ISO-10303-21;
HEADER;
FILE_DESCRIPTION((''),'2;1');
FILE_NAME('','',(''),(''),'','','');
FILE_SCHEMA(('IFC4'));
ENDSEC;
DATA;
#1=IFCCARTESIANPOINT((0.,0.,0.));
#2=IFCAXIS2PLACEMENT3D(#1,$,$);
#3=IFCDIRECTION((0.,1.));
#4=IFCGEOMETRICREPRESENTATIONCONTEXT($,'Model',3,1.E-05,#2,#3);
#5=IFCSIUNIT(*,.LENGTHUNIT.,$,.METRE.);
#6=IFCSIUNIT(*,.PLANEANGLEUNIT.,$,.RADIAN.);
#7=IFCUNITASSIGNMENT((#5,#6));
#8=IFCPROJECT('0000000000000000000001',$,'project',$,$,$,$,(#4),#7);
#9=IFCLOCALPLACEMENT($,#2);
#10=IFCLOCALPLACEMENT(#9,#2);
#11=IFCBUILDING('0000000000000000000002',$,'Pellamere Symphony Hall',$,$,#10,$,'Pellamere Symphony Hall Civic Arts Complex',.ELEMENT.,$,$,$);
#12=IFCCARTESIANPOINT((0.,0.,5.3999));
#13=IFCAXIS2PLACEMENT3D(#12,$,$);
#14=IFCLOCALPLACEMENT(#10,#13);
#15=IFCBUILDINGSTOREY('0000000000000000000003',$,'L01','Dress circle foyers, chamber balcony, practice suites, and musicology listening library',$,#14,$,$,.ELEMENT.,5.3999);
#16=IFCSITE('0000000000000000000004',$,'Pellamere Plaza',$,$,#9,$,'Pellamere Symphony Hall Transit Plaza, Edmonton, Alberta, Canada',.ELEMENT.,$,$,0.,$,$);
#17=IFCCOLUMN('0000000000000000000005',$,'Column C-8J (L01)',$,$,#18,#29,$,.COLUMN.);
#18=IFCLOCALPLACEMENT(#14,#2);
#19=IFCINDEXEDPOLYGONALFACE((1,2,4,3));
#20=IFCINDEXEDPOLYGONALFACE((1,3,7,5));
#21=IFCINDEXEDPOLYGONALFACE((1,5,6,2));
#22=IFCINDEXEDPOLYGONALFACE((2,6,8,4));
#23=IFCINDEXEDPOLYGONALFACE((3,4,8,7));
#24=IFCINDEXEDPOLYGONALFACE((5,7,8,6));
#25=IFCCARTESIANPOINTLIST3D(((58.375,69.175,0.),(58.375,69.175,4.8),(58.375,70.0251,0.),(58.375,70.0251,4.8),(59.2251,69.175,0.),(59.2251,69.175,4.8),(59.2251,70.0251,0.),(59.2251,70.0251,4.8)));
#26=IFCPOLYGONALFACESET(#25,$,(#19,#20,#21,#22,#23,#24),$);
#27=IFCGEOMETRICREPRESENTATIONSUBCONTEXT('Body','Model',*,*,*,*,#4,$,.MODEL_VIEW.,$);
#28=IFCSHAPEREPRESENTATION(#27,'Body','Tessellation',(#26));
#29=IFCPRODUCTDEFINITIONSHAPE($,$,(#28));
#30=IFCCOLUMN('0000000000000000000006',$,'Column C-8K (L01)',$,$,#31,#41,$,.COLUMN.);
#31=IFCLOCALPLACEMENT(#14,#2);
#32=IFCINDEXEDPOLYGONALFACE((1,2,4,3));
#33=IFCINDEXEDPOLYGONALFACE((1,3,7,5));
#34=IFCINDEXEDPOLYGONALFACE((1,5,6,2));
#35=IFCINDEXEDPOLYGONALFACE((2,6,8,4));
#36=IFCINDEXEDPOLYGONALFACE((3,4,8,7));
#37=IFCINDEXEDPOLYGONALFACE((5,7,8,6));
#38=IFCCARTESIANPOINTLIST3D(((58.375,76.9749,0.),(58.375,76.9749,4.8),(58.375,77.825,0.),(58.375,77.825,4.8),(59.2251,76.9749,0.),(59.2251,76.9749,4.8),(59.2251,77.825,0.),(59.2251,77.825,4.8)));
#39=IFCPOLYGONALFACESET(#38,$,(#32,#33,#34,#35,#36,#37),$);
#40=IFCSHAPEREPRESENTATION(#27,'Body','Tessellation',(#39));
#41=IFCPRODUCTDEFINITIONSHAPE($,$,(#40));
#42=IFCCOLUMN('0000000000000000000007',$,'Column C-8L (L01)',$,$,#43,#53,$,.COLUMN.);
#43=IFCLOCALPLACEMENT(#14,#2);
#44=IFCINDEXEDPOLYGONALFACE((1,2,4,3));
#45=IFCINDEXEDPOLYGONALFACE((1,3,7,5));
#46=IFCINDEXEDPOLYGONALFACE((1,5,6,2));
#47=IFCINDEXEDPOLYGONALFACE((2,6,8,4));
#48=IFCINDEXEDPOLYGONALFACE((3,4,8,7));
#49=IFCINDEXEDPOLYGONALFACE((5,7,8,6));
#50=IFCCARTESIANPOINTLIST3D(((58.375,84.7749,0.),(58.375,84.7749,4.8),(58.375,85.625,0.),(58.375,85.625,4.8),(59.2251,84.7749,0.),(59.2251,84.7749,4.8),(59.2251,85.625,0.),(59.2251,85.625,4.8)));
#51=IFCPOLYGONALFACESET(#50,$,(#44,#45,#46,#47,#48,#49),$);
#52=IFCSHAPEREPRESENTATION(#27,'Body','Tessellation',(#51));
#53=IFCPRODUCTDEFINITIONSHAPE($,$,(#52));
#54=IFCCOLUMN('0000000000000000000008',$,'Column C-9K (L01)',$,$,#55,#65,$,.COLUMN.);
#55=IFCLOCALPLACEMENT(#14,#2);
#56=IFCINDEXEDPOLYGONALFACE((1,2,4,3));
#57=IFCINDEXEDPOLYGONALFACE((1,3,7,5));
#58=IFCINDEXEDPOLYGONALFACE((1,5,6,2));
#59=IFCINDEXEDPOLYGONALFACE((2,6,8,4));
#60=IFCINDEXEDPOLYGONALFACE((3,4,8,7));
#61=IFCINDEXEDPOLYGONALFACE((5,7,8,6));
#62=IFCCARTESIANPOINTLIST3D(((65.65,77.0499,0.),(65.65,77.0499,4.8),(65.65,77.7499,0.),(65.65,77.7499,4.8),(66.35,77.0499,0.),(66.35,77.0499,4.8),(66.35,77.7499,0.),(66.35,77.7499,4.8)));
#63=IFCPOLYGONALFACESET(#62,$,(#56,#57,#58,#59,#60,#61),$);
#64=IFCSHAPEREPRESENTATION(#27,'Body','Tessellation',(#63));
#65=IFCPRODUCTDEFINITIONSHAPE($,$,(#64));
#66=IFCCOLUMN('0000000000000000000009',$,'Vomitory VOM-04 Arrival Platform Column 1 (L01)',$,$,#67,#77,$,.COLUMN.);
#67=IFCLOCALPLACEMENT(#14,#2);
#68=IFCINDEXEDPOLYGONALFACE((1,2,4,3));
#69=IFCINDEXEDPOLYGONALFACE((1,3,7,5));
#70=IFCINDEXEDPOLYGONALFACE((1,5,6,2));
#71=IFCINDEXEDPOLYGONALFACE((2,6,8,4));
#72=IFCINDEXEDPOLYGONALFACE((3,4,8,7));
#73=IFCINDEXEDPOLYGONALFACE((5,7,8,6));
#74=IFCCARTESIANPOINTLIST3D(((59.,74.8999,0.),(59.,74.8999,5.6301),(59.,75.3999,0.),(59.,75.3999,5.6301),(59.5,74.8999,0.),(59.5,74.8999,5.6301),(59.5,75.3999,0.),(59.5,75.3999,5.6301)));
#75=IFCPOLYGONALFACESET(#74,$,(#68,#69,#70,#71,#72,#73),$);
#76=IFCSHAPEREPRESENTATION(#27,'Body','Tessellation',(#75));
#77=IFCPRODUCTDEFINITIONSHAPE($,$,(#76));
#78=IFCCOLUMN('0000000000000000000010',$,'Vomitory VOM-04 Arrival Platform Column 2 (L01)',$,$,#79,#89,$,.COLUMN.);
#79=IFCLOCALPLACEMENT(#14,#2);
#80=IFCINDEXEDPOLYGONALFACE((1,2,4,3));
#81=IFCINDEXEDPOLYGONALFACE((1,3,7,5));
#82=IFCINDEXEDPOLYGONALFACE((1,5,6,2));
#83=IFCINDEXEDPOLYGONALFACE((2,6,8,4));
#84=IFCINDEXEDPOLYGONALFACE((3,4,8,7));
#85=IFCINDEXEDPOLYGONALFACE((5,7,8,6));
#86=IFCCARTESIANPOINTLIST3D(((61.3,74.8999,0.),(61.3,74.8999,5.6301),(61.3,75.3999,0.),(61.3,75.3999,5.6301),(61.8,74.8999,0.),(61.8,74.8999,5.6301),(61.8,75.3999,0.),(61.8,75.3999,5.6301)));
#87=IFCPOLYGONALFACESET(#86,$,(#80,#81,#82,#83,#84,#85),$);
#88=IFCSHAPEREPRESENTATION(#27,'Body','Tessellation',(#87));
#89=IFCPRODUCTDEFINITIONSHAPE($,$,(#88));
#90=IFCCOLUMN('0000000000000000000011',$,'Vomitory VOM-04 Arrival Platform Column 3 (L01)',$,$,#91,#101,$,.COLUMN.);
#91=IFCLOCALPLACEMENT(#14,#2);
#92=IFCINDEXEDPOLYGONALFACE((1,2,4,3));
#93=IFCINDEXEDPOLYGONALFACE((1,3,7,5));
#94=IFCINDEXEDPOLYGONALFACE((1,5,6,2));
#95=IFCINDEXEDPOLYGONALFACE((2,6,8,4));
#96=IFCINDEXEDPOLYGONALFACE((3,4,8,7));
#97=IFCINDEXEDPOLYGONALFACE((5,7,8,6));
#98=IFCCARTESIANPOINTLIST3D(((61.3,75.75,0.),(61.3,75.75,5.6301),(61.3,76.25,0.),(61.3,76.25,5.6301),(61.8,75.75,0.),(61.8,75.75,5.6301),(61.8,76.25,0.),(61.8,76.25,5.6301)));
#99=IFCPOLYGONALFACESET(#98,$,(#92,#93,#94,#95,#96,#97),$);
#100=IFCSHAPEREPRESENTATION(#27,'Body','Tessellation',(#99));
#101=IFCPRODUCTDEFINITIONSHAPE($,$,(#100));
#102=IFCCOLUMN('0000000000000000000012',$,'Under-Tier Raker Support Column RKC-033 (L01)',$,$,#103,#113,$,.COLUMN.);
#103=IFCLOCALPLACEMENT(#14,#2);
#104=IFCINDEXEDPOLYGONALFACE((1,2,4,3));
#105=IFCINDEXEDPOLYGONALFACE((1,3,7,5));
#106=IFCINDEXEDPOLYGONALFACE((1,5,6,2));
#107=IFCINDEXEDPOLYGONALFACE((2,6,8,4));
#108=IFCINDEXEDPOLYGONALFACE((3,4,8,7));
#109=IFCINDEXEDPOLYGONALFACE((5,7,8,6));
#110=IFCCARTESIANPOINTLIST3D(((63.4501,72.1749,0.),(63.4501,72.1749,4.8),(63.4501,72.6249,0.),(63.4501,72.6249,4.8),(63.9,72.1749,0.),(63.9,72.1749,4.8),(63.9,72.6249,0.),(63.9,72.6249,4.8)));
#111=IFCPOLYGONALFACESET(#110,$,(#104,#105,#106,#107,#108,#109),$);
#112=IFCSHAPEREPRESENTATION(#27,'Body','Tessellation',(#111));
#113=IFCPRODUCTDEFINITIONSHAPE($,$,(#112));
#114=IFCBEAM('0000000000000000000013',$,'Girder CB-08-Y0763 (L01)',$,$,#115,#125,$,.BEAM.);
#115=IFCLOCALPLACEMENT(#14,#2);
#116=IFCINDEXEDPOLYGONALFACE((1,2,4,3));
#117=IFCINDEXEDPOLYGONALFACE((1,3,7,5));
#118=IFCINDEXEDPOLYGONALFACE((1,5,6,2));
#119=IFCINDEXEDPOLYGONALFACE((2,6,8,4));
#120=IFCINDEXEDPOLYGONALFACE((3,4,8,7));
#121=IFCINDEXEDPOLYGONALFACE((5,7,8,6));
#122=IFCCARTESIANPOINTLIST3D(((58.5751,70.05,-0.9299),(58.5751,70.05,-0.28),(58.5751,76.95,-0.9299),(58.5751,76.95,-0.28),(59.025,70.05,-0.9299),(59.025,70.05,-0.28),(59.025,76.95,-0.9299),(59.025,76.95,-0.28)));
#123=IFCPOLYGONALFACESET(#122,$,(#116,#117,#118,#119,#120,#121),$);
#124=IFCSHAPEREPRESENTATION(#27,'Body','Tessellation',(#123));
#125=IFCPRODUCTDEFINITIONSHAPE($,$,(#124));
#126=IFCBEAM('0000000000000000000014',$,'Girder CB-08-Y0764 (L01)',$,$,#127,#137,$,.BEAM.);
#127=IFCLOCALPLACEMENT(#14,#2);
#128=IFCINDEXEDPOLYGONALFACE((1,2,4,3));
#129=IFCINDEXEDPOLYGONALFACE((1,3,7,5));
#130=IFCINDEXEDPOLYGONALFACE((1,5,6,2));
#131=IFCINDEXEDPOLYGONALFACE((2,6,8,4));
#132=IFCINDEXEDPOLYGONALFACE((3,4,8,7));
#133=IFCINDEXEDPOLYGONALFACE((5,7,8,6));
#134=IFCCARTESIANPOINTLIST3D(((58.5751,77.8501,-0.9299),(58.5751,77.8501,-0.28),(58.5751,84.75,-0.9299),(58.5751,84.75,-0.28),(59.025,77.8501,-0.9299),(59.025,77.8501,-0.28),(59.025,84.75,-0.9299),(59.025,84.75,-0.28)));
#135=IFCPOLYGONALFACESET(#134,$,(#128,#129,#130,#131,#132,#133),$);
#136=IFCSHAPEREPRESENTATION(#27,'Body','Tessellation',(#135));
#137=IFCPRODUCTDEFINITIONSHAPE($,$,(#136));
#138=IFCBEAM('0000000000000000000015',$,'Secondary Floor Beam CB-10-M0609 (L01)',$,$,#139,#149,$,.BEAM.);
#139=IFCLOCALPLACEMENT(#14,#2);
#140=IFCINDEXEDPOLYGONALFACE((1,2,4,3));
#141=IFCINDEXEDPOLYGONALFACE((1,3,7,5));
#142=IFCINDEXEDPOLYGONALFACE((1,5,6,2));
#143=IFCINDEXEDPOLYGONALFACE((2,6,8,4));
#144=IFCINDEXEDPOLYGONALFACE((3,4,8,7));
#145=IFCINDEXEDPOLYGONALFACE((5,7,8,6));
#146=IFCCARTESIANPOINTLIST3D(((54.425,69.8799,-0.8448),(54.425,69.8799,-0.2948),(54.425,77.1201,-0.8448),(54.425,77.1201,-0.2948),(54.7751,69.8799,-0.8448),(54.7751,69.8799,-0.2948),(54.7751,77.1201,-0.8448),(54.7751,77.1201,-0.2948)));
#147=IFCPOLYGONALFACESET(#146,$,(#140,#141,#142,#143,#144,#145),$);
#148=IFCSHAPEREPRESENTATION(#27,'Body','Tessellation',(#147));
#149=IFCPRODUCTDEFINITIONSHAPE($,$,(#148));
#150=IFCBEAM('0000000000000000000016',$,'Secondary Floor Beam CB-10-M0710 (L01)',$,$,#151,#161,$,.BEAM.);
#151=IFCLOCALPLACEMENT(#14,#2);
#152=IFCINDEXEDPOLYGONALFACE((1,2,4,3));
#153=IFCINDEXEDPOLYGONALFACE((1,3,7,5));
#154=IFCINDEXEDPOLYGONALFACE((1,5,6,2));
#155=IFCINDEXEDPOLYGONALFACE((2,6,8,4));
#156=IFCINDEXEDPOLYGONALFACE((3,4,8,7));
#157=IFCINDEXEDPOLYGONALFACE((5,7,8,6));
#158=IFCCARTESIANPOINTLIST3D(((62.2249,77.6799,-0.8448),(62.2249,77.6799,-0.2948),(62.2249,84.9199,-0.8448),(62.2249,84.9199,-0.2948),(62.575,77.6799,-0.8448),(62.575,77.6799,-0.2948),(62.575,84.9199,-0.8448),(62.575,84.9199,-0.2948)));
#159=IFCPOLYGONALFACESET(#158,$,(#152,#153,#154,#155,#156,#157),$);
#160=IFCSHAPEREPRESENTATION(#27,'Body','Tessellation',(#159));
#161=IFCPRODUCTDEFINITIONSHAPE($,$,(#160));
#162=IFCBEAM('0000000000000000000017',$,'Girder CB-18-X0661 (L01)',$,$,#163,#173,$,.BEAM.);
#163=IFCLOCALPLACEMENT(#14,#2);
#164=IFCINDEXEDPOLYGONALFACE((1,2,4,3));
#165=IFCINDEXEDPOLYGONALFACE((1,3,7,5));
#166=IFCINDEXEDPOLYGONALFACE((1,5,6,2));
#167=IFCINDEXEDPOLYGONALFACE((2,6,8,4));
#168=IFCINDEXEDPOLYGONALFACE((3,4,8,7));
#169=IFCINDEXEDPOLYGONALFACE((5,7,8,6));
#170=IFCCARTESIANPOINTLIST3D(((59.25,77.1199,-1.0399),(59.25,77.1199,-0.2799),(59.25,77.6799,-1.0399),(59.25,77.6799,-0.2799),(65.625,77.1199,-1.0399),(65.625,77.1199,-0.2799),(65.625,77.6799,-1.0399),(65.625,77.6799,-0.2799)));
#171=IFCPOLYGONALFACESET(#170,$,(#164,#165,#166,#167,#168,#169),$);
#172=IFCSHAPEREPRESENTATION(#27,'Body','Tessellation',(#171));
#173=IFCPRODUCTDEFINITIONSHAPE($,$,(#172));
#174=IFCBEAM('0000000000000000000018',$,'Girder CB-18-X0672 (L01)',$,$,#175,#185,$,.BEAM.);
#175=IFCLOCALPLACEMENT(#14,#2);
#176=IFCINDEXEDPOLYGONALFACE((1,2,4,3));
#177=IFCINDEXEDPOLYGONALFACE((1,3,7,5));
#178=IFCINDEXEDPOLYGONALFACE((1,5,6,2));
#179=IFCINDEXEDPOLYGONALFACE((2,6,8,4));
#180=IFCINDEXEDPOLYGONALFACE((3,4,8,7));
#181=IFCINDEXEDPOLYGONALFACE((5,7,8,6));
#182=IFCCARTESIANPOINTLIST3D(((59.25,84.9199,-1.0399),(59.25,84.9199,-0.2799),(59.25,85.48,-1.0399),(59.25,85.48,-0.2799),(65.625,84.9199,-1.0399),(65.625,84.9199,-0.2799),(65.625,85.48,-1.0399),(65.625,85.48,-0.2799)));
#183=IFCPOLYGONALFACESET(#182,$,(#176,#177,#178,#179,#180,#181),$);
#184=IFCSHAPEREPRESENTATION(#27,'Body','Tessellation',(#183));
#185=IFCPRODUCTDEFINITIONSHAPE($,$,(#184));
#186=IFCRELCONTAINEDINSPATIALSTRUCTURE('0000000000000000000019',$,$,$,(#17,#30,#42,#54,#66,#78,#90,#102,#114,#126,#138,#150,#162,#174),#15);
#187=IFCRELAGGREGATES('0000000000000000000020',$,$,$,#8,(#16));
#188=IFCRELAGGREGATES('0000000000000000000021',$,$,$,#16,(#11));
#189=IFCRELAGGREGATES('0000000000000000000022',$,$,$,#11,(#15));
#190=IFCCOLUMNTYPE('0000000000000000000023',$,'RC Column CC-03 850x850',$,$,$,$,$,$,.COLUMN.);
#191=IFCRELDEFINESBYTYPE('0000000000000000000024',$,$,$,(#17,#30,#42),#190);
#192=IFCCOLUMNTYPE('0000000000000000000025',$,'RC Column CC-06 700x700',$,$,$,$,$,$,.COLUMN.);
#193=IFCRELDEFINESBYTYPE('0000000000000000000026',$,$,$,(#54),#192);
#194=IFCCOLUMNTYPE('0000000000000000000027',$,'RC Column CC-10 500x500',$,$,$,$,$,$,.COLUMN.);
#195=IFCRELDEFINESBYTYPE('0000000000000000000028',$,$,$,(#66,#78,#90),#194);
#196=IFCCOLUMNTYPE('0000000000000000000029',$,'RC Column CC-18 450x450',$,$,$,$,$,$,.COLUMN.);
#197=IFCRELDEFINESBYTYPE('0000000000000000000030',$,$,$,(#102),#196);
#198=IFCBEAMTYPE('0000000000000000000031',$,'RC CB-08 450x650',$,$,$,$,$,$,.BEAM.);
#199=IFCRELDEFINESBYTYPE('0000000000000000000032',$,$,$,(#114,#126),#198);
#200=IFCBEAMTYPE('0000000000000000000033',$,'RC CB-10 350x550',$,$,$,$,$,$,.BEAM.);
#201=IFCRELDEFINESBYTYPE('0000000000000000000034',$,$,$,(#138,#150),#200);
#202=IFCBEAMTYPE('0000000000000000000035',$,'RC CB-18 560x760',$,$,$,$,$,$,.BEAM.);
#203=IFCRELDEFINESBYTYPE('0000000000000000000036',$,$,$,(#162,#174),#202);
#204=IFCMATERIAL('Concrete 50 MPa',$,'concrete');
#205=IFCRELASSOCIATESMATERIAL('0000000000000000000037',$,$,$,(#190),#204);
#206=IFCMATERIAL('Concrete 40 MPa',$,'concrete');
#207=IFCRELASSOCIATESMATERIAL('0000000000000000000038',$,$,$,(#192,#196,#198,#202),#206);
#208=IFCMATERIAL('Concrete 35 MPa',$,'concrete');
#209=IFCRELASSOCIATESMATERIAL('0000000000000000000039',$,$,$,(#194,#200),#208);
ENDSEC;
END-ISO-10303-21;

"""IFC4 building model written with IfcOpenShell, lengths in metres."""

from ifc_helpers import new_model, si_unit, direction, frame, origin, origin_2d, place, context, subcontext, project, spatial, rectangle, extrude, material, material_profile, profile_set, type_object, element, save


model = new_model("IFC4")

# Units and contexts
model_context = context("Model", 3, precision=1e-05, world=origin(), true_north=direction((0.0, 1.0)))
body_context = subcontext(model_context, "Body", "Model", "MODEL_VIEW")
ifc_project = project(units=[si_unit("LENGTHUNIT", "METRE"), si_unit("PLANEANGLEUNIT", "RADIAN")], contexts=[model_context])

# Site, building, storey
site_placement = place(None, origin())
site = spatial("IfcSite", under=ifc_project, at=site_placement, Name="Pellamere Plaza", LongName="Pellamere Symphony Hall Transit Plaza, Edmonton, Alberta, Canada", CompositionType="ELEMENT", RefElevation=0.0)
building_placement = place(site_placement, origin())
building = spatial("IfcBuilding", under=site, at=building_placement, Name="Pellamere Symphony Hall", LongName="Pellamere Symphony Hall Civic Arts Complex", CompositionType="ELEMENT")
storey_placement = place(building_placement, frame((0.0, 0.0, 5.3999)))
storey = spatial("IfcBuildingStorey", under=building, at=storey_placement, Name="L01", Description="Dress circle foyers, chamber balcony, practice suites, and musicology listening library", CompositionType="ELEMENT", Elevation=5.3999)

# Columns
ifc_material_1 = material(Name="Concrete 50 MPa", Category="concrete")
ifc_material_profile_1 = material_profile(ifc_material_1, rectangle(XDim=0.8501, YDim=0.8501, at=origin_2d()), Name="RC 850x850")
ifc_profile_set_1 = profile_set([ifc_material_profile_1], Name="Concrete 50 MPa")
column_type_1 = type_object("IfcColumnType", Name="RC Column CC-03 850x850", PredefinedType="COLUMN", material=ifc_profile_set_1)
for number, where, z_axis, x_axis, name in (
    (1, (58.8, 69.6001, 0.0), (0.0, 0.0, 1.0), (1.0, 0.0, 0.0), "Column C-8J (L01)"),
    (2, (58.8, 77.3999, 0.0), (0.0, 0.0, 1.0), (1.0, 0.0, 0.0), "Column C-8K (L01)"),
    (3, (58.8, 85.2, 0.0), (0.0, 0.0, 1.0), (1.0, 0.0, 0.0), "Column C-8L (L01)"),
):
    element("IfcColumn", number, at=place(storey_placement, frame(where, z_axis=z_axis, x_axis=x_axis)), inside=storey, type_object=column_type_1, Name=name, PredefinedType="COLUMN", context=body_context, shape_type="SweptSolid", body=[
        extrude(rectangle(XDim=0.8501, YDim=0.8501, at=origin_2d()), origin(), (0.0, 0.0, 1.0), 4.8),
    ])
ifc_material_2 = material(Name="Concrete 40 MPa", Category="concrete")
ifc_material_profile_2 = material_profile(ifc_material_2, rectangle(XDim=0.7, YDim=0.7, at=origin_2d()), Name="RC 700x700")
ifc_profile_set_2 = profile_set([ifc_material_profile_2], Name="Concrete 40 MPa")
column_type_2 = type_object("IfcColumnType", Name="RC Column CC-06 700x700", PredefinedType="COLUMN", material=ifc_profile_set_2)
column_1_placement = place(storey_placement, frame((66.0, 77.3999, 0.0), z_axis=(0.0, 0.0, 1.0), x_axis=(1.0, 0.0, 0.0)))
element("IfcColumn", 4, at=column_1_placement, inside=storey, type_object=column_type_2, Name="Column C-9K (L01)", PredefinedType="COLUMN", context=body_context, shape_type="SweptSolid", body=[
    extrude(rectangle(XDim=0.7, YDim=0.7, at=origin_2d()), origin(), (0.0, 0.0, 1.0), 4.8),
])
ifc_material_3 = material(Name="Concrete 35 MPa", Category="concrete")
ifc_material_profile_3 = material_profile(ifc_material_3, rectangle(XDim=0.5, YDim=0.5, at=origin_2d()), Name="RC 500x500")
ifc_profile_set_3 = profile_set([ifc_material_profile_3], Name="Concrete 35 MPa")
column_type_3 = type_object("IfcColumnType", Name="RC Column CC-10 500x500", PredefinedType="COLUMN", material=ifc_profile_set_3)
for number, where, z_axis, x_axis, name in (
    (5, (59.25, 75.1499, 0.0), (0.0, 0.0, 1.0), (1.0, 0.0, 0.0), "Vomitory VOM-04 Arrival Platform Column 1 (L01)"),
    (6, (61.55, 75.1499, 0.0), (0.0, 0.0, 1.0), (1.0, 0.0, 0.0), "Vomitory VOM-04 Arrival Platform Column 2 (L01)"),
    (7, (61.55, 76.0, 0.0), (0.0, 0.0, 1.0), (1.0, 0.0, 0.0), "Vomitory VOM-04 Arrival Platform Column 3 (L01)"),
):
    element("IfcColumn", number, at=place(storey_placement, frame(where, z_axis=z_axis, x_axis=x_axis)), inside=storey, type_object=column_type_3, Name=name, PredefinedType="COLUMN", context=body_context, shape_type="SweptSolid", body=[
        extrude(rectangle(XDim=0.5, YDim=0.5, at=origin_2d()), origin(), (0.0, 0.0, 1.0), 5.6301),
    ])
ifc_material_profile_4 = material_profile(ifc_material_2, rectangle(XDim=0.45, YDim=0.45, at=origin_2d()), Name="RC 450x450")
ifc_profile_set_4 = profile_set([ifc_material_profile_4], Name="Concrete 40 MPa")
column_type_4 = type_object("IfcColumnType", Name="RC Column CC-18 450x450", PredefinedType="COLUMN", material=ifc_profile_set_4)
column_2_placement = place(storey_placement, frame((63.675, 72.3999, 0.0), z_axis=(0.0, 0.0, 1.0), x_axis=(1.0, 0.0, 0.0)))
element("IfcColumn", 8, at=column_2_placement, inside=storey, type_object=column_type_4, Name="Under-Tier Raker Support Column RKC-033 (L01)", PredefinedType="COLUMN", context=body_context, shape_type="SweptSolid", body=[
    extrude(rectangle(XDim=0.45, YDim=0.45, at=origin_2d()), origin(), (0.0, 0.0, 1.0), 4.8),
])

# Beams
ifc_material_profile_5 = material_profile(ifc_material_2, rectangle(XDim=0.45, YDim=0.6499, at=origin_2d()), Name="RC 450x650")
ifc_profile_set_5 = profile_set([ifc_material_profile_5], Name="Concrete 40 MPa")
beam_type_1 = type_object("IfcBeamType", Name="RC CB-08 450x650", PredefinedType="BEAM", material=ifc_profile_set_5)
for number, where, z_axis, x_axis, name in (
    (9, (58.8, 70.05, -0.605), (0.0, 1.0, 0.0), (-1.0, 0.0, 0.0), "Girder CB-08-Y0763 (L01)"),
    (10, (58.8, 77.8501, -0.605), (0.0, 1.0, 0.0), (-1.0, 0.0, 0.0), "Girder CB-08-Y0764 (L01)"),
):
    element("IfcBeam", number, at=place(storey_placement, frame(where, z_axis=z_axis, x_axis=x_axis)), inside=storey, type_object=beam_type_1, Name=name, PredefinedType="BEAM", context=body_context, shape_type="SweptSolid", body=[
        extrude(rectangle(XDim=0.45, YDim=0.6499, at=origin_2d()), origin(), (0.0, 0.0, 1.0), 6.8999),
    ])
ifc_material_profile_6 = material_profile(ifc_material_3, rectangle(XDim=0.3501, YDim=0.55, at=origin_2d()), Name="RC 350x550")
ifc_profile_set_6 = profile_set([ifc_material_profile_6], Name="Concrete 35 MPa")
beam_type_2 = type_object("IfcBeamType", Name="RC CB-10 350x550", PredefinedType="BEAM", material=ifc_profile_set_6)
beam_1_placement = place(storey_placement, frame((54.6001, 69.8799, -0.5698), z_axis=(0.0, 1.0, 0.0), x_axis=(-1.0, 0.0, 0.0)))
element("IfcBeam", 11, at=beam_1_placement, inside=storey, type_object=beam_type_2, Name="Secondary Floor Beam CB-10-M0609 (L01)", PredefinedType="BEAM", context=body_context, shape_type="SweptSolid", body=[
    extrude(rectangle(XDim=0.3501, YDim=0.55, at=origin_2d()), origin(), (0.0, 0.0, 1.0), 7.2402),
])
beam_2_placement = place(storey_placement, frame((62.3999, 77.6799, -0.5698), z_axis=(0.0, 1.0, 0.0), x_axis=(-1.0, 0.0, 0.0)))
element("IfcBeam", 12, at=beam_2_placement, inside=storey, type_object=beam_type_2, Name="Secondary Floor Beam CB-10-M0710 (L01)", PredefinedType="BEAM", context=body_context, shape_type="SweptSolid", body=[
    extrude(rectangle(XDim=0.3501, YDim=0.55, at=origin_2d()), origin(), (0.0, 0.0, 1.0), 7.24),
])
ifc_material_profile_7 = material_profile(ifc_material_2, rectangle(XDim=0.5601, YDim=0.76, at=origin_2d()), Name="RC 560x760")
ifc_profile_set_7 = profile_set([ifc_material_profile_7], Name="Concrete 40 MPa")
beam_type_3 = type_object("IfcBeamType", Name="RC CB-18 560x760", PredefinedType="BEAM", material=ifc_profile_set_7)
for number, where, z_axis, x_axis, name in (
    (13, (59.25, 77.3999, -0.6599), (1.0, 0.0, 0.0), (0.0, 1.0, 0.0), "Girder CB-18-X0661 (L01)"),
    (14, (59.25, 85.2, -0.6599), (1.0, 0.0, 0.0), (0.0, 1.0, 0.0), "Girder CB-18-X0672 (L01)"),
):
    element("IfcBeam", number, at=place(storey_placement, frame(where, z_axis=z_axis, x_axis=x_axis)), inside=storey, type_object=beam_type_3, Name=name, PredefinedType="BEAM", context=body_context, shape_type="SweptSolid", body=[
        extrude(rectangle(XDim=0.5601, YDim=0.76, at=origin_2d()), origin(), (0.0, 0.0, 1.0), 6.375),
    ])

save(model, "model.ifc")
